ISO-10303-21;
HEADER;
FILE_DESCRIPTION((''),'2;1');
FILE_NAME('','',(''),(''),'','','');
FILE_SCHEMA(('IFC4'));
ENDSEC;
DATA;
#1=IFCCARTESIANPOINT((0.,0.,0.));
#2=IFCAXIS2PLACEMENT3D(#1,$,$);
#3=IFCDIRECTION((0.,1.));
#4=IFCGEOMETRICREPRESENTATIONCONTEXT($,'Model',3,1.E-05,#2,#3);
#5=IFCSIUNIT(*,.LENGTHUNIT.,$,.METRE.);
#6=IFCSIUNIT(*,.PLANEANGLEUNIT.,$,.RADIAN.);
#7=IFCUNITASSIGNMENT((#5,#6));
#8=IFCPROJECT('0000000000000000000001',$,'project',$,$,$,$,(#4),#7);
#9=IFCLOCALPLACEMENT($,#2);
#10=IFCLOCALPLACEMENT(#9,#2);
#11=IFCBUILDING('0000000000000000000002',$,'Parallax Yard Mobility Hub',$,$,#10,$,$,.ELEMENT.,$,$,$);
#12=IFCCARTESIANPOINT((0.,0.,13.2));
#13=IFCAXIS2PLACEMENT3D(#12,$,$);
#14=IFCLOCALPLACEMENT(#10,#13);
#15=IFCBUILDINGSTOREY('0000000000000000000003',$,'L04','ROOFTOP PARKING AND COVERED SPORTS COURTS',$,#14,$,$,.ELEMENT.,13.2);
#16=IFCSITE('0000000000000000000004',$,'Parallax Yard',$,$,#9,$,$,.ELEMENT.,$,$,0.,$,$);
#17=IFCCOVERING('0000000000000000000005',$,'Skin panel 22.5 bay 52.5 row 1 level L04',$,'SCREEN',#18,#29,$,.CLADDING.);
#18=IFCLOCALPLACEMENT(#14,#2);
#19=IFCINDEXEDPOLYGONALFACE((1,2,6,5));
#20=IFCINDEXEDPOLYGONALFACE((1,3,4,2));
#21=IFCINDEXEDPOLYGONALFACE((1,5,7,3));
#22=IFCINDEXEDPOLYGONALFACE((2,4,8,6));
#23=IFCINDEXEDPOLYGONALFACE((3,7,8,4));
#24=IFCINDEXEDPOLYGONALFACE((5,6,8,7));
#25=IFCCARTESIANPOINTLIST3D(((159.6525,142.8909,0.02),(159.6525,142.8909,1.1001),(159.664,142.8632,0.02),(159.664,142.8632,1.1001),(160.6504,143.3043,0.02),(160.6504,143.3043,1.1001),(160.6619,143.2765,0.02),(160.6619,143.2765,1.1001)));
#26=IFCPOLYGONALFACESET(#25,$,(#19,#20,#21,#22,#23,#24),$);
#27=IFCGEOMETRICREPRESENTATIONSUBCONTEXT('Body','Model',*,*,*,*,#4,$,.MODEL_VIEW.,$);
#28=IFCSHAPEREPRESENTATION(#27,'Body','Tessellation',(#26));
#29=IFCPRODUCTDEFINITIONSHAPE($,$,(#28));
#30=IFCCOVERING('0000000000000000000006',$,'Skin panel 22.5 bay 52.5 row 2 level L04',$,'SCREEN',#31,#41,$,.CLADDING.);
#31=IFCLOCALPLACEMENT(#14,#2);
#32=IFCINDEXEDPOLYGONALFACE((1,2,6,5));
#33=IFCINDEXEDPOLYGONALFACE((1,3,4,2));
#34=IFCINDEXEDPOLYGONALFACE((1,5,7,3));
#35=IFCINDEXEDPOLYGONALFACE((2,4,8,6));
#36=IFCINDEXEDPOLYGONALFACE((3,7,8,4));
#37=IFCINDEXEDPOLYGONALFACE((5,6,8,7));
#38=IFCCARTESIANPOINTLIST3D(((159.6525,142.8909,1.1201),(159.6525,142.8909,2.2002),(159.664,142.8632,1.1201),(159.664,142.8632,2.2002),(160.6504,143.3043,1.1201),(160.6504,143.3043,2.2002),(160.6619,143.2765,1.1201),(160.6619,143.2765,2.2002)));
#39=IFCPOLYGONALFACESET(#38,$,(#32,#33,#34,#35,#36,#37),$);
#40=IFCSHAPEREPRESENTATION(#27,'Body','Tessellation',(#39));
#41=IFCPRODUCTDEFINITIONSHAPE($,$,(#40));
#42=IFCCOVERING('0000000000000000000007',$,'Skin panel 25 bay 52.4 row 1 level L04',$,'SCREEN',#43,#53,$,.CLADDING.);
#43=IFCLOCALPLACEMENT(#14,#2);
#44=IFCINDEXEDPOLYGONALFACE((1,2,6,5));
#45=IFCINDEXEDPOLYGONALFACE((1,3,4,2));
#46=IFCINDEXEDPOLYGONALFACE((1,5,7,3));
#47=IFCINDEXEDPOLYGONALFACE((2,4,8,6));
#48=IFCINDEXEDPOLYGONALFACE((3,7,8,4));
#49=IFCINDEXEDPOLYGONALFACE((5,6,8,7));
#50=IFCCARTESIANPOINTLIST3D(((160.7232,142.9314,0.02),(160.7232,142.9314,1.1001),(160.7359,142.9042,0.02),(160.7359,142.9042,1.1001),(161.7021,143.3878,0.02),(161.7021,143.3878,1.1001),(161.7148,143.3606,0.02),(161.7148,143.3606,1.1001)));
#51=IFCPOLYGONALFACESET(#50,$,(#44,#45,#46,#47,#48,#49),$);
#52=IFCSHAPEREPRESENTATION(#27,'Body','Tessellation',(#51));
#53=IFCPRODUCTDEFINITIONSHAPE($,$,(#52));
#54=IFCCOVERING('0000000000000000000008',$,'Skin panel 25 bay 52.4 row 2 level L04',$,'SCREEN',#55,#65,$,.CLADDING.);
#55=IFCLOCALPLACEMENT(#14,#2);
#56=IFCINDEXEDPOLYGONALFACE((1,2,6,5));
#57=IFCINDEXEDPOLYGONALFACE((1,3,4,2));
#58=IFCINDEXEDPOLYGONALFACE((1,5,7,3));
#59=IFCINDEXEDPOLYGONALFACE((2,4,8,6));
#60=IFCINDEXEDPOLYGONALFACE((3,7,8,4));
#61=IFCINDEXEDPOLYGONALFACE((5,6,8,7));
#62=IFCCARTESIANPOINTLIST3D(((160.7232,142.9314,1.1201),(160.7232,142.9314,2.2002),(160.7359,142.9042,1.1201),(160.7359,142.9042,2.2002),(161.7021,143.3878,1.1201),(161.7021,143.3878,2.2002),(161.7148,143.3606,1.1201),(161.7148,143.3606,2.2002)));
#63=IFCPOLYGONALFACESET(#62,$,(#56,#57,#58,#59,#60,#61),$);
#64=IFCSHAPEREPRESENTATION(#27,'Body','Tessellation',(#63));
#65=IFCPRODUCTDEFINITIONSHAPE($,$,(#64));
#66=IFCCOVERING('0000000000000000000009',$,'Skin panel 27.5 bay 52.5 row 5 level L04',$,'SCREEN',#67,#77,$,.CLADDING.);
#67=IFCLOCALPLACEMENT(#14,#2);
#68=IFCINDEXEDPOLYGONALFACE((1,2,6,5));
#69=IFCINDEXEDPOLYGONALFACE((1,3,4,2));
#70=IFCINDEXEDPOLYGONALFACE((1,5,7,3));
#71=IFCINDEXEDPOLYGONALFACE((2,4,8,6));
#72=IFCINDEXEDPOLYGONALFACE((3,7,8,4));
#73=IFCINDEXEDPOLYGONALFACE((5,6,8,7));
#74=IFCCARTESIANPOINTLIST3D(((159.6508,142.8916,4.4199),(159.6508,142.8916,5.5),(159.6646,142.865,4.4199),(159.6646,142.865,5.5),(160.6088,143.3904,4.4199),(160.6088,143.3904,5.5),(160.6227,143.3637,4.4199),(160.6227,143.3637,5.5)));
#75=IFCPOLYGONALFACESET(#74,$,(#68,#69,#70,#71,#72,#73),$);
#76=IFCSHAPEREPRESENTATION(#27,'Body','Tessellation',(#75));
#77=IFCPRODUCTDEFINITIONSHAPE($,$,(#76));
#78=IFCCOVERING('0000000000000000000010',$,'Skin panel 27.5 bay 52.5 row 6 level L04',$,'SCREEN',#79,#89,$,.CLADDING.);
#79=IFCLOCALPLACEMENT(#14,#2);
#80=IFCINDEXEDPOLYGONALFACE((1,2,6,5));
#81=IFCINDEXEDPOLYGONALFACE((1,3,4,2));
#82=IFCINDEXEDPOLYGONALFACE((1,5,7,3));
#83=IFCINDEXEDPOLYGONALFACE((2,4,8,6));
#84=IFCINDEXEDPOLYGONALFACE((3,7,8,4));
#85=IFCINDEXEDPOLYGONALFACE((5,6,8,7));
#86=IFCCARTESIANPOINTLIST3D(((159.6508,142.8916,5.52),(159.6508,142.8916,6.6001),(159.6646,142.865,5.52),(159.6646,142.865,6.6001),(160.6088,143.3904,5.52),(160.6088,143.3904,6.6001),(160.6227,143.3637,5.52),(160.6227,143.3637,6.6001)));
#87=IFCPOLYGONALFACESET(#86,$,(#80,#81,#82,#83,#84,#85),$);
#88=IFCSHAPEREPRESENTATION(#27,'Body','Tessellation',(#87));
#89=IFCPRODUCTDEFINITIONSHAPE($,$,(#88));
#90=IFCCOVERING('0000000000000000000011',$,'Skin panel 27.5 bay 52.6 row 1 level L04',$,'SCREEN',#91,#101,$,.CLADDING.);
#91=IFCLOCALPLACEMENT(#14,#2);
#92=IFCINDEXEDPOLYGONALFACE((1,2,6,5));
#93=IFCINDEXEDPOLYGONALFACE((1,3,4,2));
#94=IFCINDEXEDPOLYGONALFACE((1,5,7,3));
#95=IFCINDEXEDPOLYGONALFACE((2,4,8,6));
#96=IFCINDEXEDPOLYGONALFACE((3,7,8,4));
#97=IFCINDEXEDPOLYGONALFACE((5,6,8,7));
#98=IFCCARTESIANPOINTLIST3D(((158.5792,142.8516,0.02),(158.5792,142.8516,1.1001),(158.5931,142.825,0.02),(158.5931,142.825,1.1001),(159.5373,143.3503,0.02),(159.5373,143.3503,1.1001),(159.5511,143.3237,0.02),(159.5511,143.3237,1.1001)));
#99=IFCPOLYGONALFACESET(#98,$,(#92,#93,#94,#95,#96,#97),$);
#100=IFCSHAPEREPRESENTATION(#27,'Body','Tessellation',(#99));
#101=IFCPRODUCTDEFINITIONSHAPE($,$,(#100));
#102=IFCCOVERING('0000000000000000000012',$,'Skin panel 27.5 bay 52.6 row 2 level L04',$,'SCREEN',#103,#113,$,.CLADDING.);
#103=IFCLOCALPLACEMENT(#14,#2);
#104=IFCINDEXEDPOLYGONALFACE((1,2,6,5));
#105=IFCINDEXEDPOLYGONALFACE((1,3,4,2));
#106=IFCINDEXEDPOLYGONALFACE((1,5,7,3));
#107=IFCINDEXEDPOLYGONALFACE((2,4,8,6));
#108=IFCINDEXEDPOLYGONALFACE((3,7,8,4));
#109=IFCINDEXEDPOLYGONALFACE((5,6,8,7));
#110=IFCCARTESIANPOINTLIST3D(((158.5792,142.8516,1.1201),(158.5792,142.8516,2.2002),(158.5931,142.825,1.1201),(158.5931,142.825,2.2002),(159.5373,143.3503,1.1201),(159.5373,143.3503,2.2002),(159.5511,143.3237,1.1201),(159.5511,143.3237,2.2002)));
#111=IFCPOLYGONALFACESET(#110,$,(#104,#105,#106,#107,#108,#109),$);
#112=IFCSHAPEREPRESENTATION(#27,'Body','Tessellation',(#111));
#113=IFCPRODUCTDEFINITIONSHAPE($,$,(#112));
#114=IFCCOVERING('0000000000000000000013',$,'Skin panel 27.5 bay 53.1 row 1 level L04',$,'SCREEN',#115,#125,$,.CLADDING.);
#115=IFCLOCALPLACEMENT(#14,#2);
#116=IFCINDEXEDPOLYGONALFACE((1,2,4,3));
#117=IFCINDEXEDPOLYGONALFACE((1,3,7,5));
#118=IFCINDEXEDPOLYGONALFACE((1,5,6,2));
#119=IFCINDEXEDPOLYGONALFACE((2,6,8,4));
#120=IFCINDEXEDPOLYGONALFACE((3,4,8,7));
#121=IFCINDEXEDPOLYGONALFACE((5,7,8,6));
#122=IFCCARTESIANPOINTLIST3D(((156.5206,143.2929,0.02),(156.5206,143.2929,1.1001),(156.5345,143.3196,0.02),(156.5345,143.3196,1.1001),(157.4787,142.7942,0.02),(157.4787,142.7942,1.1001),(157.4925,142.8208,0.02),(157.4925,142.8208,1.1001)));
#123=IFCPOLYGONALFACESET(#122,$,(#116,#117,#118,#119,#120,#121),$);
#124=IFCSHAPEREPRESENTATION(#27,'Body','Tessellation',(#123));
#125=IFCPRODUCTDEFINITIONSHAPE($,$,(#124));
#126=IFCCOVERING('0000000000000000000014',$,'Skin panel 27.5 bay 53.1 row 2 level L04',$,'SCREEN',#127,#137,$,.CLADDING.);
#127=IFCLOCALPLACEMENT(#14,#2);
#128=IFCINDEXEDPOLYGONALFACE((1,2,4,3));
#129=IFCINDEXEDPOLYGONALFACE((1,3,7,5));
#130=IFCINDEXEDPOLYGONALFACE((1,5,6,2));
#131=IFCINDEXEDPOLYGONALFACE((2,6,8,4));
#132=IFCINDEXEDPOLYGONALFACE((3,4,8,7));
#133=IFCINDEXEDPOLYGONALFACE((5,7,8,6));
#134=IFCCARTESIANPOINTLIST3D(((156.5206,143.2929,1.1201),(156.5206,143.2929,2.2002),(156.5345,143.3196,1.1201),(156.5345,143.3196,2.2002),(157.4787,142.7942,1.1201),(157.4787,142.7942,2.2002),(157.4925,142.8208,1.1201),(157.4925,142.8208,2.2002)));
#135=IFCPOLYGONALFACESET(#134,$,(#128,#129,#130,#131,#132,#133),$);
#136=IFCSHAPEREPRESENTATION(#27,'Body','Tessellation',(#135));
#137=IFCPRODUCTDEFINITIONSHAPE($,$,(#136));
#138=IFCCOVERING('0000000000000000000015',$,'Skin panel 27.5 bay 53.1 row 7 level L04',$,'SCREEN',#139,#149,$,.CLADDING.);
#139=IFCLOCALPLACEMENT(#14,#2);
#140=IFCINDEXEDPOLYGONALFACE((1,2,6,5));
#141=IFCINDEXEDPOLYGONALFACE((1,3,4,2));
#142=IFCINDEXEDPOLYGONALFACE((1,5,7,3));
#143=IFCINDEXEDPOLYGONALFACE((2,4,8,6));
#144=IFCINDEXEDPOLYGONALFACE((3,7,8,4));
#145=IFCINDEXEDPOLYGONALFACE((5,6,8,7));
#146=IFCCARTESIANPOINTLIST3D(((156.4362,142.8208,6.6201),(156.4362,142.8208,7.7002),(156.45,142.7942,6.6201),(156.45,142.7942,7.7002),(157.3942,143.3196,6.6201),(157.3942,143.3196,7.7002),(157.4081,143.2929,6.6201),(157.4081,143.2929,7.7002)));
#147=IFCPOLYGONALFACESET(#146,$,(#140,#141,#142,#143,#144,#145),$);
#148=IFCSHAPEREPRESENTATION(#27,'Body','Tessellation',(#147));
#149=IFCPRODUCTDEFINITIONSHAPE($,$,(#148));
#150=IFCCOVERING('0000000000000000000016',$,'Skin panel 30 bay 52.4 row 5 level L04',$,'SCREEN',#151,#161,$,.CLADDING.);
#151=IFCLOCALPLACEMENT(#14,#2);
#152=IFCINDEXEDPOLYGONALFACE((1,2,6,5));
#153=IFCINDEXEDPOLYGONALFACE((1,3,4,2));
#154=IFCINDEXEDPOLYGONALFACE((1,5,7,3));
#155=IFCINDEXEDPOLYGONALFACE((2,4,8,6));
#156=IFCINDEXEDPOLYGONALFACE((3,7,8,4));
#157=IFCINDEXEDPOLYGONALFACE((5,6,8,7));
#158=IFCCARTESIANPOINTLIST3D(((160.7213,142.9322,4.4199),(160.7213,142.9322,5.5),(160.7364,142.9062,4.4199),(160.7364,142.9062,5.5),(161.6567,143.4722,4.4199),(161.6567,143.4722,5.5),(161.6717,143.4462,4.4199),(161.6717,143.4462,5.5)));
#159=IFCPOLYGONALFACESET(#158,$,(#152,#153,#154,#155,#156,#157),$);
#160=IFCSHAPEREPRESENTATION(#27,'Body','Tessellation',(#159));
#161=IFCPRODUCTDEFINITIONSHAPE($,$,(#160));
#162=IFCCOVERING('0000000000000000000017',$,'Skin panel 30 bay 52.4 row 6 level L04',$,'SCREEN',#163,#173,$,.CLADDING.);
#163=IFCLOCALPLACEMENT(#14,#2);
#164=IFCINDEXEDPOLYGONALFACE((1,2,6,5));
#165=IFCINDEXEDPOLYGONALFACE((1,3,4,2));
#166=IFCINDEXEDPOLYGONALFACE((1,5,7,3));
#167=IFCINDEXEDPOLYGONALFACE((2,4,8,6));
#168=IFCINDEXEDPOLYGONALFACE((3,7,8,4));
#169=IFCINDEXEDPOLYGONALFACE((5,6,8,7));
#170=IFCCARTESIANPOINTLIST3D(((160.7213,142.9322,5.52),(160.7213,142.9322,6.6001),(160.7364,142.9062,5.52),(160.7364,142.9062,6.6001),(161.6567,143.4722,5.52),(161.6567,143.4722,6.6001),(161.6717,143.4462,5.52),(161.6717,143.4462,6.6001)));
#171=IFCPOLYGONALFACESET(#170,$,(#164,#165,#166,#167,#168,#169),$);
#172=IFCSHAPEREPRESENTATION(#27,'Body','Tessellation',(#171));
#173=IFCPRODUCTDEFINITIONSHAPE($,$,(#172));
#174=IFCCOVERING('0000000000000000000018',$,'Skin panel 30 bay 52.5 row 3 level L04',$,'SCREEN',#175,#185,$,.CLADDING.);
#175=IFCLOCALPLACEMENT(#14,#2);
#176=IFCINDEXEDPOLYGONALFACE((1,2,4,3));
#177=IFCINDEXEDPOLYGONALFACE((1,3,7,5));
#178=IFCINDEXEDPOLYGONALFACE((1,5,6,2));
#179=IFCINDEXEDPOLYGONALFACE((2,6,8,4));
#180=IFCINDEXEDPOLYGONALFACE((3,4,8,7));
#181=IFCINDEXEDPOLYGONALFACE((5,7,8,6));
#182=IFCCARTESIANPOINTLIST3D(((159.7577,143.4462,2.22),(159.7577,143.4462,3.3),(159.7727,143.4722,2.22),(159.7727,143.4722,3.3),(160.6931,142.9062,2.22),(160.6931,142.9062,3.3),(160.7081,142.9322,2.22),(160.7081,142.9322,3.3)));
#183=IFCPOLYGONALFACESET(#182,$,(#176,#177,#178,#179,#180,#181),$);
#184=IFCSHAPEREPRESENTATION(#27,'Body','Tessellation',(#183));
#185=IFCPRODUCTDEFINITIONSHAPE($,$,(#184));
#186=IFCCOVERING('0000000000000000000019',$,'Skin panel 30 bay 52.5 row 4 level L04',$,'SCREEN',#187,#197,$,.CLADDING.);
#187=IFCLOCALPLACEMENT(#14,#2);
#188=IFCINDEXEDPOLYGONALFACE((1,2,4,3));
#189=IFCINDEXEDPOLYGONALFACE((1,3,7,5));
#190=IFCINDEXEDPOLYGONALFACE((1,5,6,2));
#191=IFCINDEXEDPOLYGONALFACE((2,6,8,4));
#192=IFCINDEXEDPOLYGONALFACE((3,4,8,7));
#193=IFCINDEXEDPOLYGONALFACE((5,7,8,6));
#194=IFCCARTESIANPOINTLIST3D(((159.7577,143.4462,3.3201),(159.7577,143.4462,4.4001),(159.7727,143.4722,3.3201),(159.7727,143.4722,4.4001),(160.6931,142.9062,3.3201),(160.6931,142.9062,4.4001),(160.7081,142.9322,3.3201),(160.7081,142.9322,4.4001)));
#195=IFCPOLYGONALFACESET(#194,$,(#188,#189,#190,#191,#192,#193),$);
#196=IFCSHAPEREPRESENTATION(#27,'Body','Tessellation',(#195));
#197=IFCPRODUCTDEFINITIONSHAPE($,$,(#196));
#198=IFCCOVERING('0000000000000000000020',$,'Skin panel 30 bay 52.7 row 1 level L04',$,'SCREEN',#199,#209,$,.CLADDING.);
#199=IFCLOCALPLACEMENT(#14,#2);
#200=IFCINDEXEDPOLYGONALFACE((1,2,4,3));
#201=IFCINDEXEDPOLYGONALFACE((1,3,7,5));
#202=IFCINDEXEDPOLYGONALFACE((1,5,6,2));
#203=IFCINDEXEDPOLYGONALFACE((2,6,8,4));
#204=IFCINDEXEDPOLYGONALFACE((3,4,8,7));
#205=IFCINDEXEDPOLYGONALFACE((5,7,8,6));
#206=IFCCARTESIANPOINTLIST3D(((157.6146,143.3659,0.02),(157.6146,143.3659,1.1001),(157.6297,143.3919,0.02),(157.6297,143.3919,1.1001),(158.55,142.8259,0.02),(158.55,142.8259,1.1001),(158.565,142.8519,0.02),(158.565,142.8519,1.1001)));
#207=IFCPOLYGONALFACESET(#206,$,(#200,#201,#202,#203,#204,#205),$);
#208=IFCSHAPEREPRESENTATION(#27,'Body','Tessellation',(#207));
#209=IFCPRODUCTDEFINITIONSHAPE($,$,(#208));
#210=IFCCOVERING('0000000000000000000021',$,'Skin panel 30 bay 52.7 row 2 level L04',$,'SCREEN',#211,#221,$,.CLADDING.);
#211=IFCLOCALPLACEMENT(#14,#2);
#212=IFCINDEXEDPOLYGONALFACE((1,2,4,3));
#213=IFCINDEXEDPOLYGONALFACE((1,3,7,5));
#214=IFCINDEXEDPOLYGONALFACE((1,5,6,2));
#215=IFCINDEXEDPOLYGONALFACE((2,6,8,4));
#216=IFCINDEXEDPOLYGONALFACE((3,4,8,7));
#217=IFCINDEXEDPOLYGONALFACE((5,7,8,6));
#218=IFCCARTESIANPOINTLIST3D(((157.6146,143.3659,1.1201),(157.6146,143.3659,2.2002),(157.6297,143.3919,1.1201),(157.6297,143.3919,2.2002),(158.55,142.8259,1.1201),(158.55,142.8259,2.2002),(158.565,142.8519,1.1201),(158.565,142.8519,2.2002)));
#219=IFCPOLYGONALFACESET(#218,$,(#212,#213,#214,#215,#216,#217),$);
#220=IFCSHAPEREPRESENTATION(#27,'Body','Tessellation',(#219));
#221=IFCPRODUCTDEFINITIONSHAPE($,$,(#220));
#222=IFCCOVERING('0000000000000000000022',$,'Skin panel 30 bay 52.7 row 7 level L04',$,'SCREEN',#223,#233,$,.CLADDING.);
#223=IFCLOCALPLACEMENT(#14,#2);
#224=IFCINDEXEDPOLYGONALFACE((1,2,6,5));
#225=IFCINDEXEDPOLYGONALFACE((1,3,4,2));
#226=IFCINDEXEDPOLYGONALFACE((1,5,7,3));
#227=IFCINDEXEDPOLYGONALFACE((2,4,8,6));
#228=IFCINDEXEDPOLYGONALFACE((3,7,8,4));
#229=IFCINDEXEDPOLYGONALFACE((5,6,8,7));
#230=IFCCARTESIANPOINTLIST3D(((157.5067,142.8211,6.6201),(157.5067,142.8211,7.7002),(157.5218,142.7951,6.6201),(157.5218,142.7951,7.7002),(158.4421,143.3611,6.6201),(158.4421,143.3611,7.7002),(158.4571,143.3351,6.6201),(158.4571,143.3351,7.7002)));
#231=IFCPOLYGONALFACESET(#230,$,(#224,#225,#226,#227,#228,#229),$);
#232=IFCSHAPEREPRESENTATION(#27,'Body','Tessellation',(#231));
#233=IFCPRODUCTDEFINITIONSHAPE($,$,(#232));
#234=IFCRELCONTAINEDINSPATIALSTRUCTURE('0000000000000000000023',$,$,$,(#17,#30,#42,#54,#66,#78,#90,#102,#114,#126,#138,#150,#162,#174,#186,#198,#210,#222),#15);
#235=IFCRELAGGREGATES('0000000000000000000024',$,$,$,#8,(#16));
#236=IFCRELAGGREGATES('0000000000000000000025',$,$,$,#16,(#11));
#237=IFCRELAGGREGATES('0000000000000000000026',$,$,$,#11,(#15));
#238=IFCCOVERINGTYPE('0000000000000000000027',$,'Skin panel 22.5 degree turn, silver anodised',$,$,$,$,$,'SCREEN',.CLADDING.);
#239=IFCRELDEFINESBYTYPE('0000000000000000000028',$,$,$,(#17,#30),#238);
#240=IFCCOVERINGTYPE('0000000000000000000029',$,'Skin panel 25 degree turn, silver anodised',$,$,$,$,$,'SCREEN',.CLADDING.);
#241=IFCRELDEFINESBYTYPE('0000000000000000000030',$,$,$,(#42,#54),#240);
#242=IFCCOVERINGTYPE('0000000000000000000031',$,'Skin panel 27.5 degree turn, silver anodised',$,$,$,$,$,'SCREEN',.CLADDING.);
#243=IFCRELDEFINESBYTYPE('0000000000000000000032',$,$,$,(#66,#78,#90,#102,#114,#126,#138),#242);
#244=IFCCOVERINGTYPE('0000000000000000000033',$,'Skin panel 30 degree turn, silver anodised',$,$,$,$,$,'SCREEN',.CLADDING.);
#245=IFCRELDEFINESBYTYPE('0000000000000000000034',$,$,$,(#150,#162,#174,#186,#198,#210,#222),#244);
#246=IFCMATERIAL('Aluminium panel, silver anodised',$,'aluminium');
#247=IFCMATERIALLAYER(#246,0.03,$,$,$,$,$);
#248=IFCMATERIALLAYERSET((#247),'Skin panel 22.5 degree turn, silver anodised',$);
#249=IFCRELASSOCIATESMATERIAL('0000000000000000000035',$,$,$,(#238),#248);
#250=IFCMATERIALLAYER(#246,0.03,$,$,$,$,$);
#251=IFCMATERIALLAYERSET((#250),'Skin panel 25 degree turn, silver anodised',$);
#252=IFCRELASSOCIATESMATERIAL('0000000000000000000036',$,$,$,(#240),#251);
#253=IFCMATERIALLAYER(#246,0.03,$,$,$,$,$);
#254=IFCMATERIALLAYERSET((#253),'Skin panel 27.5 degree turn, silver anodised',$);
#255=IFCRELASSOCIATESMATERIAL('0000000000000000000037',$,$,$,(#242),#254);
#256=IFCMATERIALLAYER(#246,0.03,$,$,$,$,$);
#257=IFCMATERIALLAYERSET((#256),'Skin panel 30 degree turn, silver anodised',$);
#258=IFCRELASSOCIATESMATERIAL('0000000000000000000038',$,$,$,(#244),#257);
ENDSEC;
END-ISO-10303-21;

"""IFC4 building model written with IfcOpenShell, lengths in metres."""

from ifc_helpers import new_model, si_unit, direction, frame, origin, origin_2d, place, context, subcontext, project, spatial, rectangle, extrude, material, layer, layer_set, type_object, element, save


model = new_model("IFC4")

# Units and contexts
model_context = context("Model", 3, precision=1e-05, world=origin(), true_north=direction((0.0, 1.0)))
body_context = subcontext(model_context, "Body", "Model", "MODEL_VIEW")
ifc_project = project(units=[si_unit("LENGTHUNIT", "METRE"), si_unit("PLANEANGLEUNIT", "RADIAN")], contexts=[model_context])

# Site, building, storey
site_placement = place(None, origin())
site = spatial("IfcSite", under=ifc_project, at=site_placement, Name="Parallax Yard", CompositionType="ELEMENT", RefElevation=0.0)
building_placement = place(site_placement, origin())
building = spatial("IfcBuilding", under=site, at=building_placement, Name="Parallax Yard Mobility Hub", CompositionType="ELEMENT")
storey_placement = place(building_placement, frame((0.0, 0.0, 13.2)))
storey = spatial("IfcBuildingStorey", under=building, at=storey_placement, Name="L04", Description="ROOFTOP PARKING AND COVERED SPORTS COURTS", CompositionType="ELEMENT", Elevation=13.2)

# Coverings
ifc_material = material(Name="Aluminium panel, silver anodised", Category="aluminium")
ifc_layer_1 = layer(ifc_material, 0.03)
ifc_layer_set_1 = layer_set([ifc_layer_1], Name="Skin panel 22.5 degree turn, silver anodised")
covering_type_1 = type_object("IfcCoveringType", Name="Skin panel 22.5 degree turn, silver anodised", ElementType="SCREEN", PredefinedType="CLADDING", material=ifc_layer_set_1)
for number, where, z_axis, x_axis, name in (
    (1, (160.1572, 143.0837, 0.02), (0.0, 0.0, 1.0), (0.92388, 0.382683, 0.0), "Skin panel 22.5 bay 52.5 row 1 level L04"),
    (2, (160.1572, 143.0837, 1.1201), (0.0, 0.0, 1.0), (0.92388, 0.382683, 0.0), "Skin panel 22.5 bay 52.5 row 2 level L04"),
):
    element("IfcCovering", number, at=place(storey_placement, frame(where, z_axis=z_axis, x_axis=x_axis)), inside=storey, type_object=covering_type_1, Name=name, ObjectType="SCREEN", PredefinedType="CLADDING", context=body_context, shape_type="SweptSolid", body=[
        extrude(rectangle(XDim=1.0801, YDim=0.03, at=origin_2d()), origin(), (0.0, 0.0, 1.0), 1.0801),
    ])
ifc_layer_2 = layer(ifc_material, 0.03)
ifc_layer_set_2 = layer_set([ifc_layer_2], Name="Skin panel 25 degree turn, silver anodised")
covering_type_2 = type_object("IfcCoveringType", Name="Skin panel 25 degree turn, silver anodised", ElementType="SCREEN", PredefinedType="CLADDING", material=ifc_layer_set_2)
for number, where, z_axis, x_axis, name in (
    (3, (161.219, 143.146, 0.02), (0.0, 0.0, 1.0), (0.906308, 0.422618, 0.0), "Skin panel 25 bay 52.4 row 1 level L04"),
    (4, (161.219, 143.146, 1.1201), (0.0, 0.0, 1.0), (0.906308, 0.422618, 0.0), "Skin panel 25 bay 52.4 row 2 level L04"),
):
    element("IfcCovering", number, at=place(storey_placement, frame(where, z_axis=z_axis, x_axis=x_axis)), inside=storey, type_object=covering_type_2, Name=name, ObjectType="SCREEN", PredefinedType="CLADDING", context=body_context, shape_type="SweptSolid", body=[
        extrude(rectangle(XDim=1.0801, YDim=0.03, at=origin_2d()), origin(), (0.0, 0.0, 1.0), 1.0801),
    ])
ifc_layer_3 = layer(ifc_material, 0.03)
ifc_layer_set_3 = layer_set([ifc_layer_3], Name="Skin panel 27.5 degree turn, silver anodised")
covering_type_3 = type_object("IfcCoveringType", Name="Skin panel 27.5 degree turn, silver anodised", ElementType="SCREEN", PredefinedType="CLADDING", material=ifc_layer_set_3)
for number, where, z_axis, x_axis, name in (
    (5, (160.1367, 143.1277, 4.4199), (0.0, 0.0, 1.0), (0.887011, 0.461749, 0.0), "Skin panel 27.5 bay 52.5 row 5 level L04"),
    (6, (160.1367, 143.1277, 5.52), (0.0, 0.0, 1.0), (0.887011, 0.461749, 0.0), "Skin panel 27.5 bay 52.5 row 6 level L04"),
    (7, (159.0652, 143.0876, 0.02), (0.0, 0.0, 1.0), (0.887011, 0.461749, 0.0), "Skin panel 27.5 bay 52.6 row 1 level L04"),
    (8, (159.0652, 143.0876, 1.1201), (0.0, 0.0, 1.0), (0.887011, 0.461749, 0.0), "Skin panel 27.5 bay 52.6 row 2 level L04"),
    (9, (157.0066, 143.0569, 0.02), (0.0, 0.0, 1.0), (-0.887011, 0.461749, 0.0), "Skin panel 27.5 bay 53.1 row 1 level L04"),
    (10, (157.0066, 143.0569, 1.1201), (0.0, 0.0, 1.0), (-0.887011, 0.461749, 0.0), "Skin panel 27.5 bay 53.1 row 2 level L04"),
    (11, (156.9221, 143.0569, 6.6201), (0.0, 0.0, 1.0), (0.887011, 0.461749, 0.0), "Skin panel 27.5 bay 53.1 row 7 level L04"),
):
    element("IfcCovering", number, at=place(storey_placement, frame(where, z_axis=z_axis, x_axis=x_axis)), inside=storey, type_object=covering_type_3, Name=name, ObjectType="SCREEN", PredefinedType="CLADDING", context=body_context, shape_type="SweptSolid", body=[
        extrude(rectangle(XDim=1.0801, YDim=0.03, at=origin_2d()), origin(), (0.0, 0.0, 1.0), 1.0801),
    ])
ifc_layer_4 = layer(ifc_material, 0.03)
ifc_layer_set_4 = layer_set([ifc_layer_4], Name="Skin panel 30 degree turn, silver anodised")
covering_type_4 = type_object("IfcCoveringType", Name="Skin panel 30 degree turn, silver anodised", ElementType="SCREEN", PredefinedType="CLADDING", material=ifc_layer_set_4)
for number, where, z_axis, x_axis, name in (
    (12, (161.1965, 143.1892, 4.4199), (0.0, 0.0, 1.0), (0.866025, 0.5, 0.0), "Skin panel 30 bay 52.4 row 5 level L04"),
    (13, (161.1965, 143.1892, 5.52), (0.0, 0.0, 1.0), (0.866025, 0.5, 0.0), "Skin panel 30 bay 52.4 row 6 level L04"),
    (14, (160.2329, 143.1892, 2.22), (0.0, 0.0, 1.0), (-0.866025, 0.5, 0.0), "Skin panel 30 bay 52.5 row 3 level L04"),
    (15, (160.2329, 143.1892, 3.3201), (0.0, 0.0, 1.0), (-0.866025, 0.5, 0.0), "Skin panel 30 bay 52.5 row 4 level L04"),
    (16, (158.0898, 143.1089, 0.02), (0.0, 0.0, 1.0), (-0.866025, 0.5, 0.0), "Skin panel 30 bay 52.7 row 1 level L04"),
    (17, (158.0898, 143.1089, 1.1201), (0.0, 0.0, 1.0), (-0.866025, 0.5, 0.0), "Skin panel 30 bay 52.7 row 2 level L04"),
    (18, (157.9819, 143.0781, 6.6201), (0.0, 0.0, 1.0), (0.866025, 0.5, 0.0), "Skin panel 30 bay 52.7 row 7 level L04"),
):
    element("IfcCovering", number, at=place(storey_placement, frame(where, z_axis=z_axis, x_axis=x_axis)), inside=storey, type_object=covering_type_4, Name=name, ObjectType="SCREEN", PredefinedType="CLADDING", context=body_context, shape_type="SweptSolid", body=[
        extrude(rectangle(XDim=1.0801, YDim=0.03, at=origin_2d()), origin(), (0.0, 0.0, 1.0), 1.0801),
    ])

save(model, "model.ifc")
